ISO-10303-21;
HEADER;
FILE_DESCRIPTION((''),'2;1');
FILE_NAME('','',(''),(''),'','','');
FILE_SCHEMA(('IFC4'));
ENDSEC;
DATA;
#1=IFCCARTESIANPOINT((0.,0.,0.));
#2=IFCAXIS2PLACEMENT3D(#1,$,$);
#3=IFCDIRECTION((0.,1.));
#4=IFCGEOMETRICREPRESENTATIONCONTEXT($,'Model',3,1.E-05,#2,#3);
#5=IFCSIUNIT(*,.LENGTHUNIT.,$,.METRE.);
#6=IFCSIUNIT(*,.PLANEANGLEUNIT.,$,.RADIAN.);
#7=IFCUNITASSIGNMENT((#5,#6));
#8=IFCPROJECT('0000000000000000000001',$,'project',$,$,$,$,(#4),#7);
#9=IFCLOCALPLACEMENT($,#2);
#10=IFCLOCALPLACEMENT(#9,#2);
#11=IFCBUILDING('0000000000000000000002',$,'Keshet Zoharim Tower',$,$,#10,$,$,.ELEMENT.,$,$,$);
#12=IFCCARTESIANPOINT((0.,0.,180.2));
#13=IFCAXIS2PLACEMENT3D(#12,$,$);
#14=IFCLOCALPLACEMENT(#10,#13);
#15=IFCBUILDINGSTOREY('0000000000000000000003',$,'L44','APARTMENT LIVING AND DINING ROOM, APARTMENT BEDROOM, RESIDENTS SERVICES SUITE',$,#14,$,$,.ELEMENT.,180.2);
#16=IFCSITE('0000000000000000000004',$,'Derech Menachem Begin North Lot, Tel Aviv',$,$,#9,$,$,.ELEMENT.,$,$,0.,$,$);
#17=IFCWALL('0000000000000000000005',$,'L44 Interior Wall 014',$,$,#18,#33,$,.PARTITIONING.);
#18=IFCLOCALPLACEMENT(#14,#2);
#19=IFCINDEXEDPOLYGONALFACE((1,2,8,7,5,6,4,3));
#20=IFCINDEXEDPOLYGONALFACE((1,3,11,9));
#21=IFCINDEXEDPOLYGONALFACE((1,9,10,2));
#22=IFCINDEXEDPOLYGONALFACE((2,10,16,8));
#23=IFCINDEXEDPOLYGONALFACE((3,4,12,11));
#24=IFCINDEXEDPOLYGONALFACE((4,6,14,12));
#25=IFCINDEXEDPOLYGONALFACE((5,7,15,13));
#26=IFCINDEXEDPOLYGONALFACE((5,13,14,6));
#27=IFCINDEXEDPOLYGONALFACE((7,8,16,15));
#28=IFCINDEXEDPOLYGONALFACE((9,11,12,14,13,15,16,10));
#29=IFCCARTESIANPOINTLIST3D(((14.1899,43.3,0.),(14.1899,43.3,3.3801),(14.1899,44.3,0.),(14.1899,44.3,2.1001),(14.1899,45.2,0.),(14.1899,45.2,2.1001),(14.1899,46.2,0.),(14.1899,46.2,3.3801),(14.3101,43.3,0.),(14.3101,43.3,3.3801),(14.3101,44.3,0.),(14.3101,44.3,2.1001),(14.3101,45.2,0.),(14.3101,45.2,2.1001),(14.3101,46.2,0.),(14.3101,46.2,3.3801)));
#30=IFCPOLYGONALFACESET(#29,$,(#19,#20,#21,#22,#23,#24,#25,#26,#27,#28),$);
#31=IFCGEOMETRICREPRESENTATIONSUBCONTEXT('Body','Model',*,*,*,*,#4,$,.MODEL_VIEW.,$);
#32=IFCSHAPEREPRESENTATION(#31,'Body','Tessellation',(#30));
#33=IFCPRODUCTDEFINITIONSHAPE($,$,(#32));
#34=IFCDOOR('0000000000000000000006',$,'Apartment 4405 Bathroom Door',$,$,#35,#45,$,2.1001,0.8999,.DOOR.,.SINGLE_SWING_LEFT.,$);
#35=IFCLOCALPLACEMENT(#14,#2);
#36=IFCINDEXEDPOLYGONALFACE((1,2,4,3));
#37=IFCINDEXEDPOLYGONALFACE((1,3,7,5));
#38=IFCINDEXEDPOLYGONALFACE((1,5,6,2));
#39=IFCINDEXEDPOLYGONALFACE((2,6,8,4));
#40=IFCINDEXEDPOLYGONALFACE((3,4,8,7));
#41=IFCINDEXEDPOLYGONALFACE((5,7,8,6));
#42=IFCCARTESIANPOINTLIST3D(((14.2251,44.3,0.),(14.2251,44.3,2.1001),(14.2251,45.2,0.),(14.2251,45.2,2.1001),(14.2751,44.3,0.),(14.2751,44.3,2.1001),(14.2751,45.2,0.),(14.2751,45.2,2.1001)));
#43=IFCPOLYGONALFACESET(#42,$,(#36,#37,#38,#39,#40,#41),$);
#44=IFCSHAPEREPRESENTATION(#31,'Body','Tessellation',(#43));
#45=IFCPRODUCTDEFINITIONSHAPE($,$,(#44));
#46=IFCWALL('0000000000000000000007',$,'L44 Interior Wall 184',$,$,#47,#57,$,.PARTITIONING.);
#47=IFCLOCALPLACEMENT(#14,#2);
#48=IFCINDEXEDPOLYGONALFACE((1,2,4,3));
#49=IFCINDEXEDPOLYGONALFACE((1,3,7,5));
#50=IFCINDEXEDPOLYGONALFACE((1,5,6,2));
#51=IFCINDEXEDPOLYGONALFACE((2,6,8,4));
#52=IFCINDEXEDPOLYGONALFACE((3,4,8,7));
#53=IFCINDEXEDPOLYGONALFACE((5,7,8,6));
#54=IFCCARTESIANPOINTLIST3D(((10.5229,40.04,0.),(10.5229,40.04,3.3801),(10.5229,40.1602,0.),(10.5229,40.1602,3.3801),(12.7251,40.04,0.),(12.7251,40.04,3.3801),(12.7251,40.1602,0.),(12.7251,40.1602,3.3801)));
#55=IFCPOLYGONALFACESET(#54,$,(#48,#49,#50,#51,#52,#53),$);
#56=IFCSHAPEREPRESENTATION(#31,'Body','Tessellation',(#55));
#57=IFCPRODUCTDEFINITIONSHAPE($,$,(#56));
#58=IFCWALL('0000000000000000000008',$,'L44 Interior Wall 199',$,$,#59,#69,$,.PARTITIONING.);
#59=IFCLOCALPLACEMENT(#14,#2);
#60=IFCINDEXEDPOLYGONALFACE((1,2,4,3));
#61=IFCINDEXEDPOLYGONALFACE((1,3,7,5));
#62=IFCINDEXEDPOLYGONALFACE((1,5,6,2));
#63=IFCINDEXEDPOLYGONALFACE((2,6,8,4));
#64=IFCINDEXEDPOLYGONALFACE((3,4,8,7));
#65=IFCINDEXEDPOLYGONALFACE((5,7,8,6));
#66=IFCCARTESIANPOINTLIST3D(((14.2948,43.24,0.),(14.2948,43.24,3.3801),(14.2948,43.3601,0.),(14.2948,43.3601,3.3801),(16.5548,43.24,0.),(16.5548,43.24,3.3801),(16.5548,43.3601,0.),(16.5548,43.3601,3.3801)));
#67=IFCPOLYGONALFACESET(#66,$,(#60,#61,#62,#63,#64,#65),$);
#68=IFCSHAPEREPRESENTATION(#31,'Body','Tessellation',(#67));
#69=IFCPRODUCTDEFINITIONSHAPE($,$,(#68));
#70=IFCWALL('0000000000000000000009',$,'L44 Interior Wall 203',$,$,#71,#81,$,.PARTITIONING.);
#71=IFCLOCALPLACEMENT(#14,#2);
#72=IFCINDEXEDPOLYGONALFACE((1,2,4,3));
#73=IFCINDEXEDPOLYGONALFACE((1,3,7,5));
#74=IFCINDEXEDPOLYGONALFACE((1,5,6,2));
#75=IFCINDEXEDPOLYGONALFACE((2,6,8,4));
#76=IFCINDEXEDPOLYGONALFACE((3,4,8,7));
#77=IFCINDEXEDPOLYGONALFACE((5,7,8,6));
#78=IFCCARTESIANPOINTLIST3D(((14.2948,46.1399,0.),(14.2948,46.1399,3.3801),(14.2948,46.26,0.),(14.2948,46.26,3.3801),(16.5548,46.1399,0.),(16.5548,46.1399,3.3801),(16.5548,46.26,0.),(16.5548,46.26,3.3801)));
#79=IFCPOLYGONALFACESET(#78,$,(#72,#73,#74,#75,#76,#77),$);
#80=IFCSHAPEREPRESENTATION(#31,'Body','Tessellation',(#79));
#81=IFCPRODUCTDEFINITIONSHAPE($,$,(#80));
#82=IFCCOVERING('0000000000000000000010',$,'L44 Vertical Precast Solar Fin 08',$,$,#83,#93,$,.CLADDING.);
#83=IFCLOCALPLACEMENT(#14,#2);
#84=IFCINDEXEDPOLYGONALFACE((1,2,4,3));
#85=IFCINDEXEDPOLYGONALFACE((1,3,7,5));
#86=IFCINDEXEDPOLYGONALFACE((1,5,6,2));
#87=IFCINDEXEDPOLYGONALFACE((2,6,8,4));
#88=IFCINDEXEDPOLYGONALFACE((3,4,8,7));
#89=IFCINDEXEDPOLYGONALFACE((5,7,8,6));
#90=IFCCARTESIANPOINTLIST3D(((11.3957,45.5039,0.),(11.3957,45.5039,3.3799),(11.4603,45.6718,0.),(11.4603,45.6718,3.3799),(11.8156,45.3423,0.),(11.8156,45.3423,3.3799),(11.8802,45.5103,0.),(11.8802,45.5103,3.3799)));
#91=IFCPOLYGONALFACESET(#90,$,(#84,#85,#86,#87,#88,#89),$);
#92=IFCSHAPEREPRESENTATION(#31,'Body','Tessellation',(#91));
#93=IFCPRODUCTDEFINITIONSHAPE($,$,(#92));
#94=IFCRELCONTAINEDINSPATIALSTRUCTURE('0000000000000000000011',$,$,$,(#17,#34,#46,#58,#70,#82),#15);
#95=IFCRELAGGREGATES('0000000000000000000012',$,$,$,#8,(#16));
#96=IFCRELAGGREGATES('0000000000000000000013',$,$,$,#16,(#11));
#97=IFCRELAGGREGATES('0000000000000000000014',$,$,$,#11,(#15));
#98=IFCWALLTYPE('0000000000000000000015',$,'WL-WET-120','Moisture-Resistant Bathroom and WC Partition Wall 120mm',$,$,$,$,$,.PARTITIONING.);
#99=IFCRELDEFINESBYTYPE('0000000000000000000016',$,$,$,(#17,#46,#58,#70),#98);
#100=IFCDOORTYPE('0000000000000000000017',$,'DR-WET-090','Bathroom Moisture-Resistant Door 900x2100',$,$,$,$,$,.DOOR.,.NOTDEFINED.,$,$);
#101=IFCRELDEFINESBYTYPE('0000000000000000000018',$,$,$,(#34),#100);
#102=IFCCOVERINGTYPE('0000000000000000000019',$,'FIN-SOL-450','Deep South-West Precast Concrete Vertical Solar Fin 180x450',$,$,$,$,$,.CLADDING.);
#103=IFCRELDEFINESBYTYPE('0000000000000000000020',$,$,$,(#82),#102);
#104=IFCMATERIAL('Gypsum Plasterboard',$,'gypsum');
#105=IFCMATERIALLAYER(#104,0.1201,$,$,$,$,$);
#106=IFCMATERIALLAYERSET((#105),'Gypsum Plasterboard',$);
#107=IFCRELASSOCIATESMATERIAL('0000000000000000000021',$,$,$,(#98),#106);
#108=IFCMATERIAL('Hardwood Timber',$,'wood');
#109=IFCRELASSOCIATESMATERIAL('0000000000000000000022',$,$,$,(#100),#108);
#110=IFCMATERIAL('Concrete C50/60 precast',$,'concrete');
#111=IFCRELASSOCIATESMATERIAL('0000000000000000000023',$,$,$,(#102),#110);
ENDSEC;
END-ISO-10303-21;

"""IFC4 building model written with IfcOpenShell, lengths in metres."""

from ifc_helpers import new_model, si_unit, direction, frame, frame_2d, origin, origin_2d, place, context, subcontext, project, spatial, rectangle, extrude, material, layer, layer_set, type_object, element, fill, save


model = new_model("IFC4")

# Units and contexts
model_context = context("Model", 3, precision=1e-05, world=origin(), true_north=direction((0.0, 1.0)))
body_context = subcontext(model_context, "Body", "Model", "MODEL_VIEW")
ifc_project = project(units=[si_unit("LENGTHUNIT", "METRE"), si_unit("PLANEANGLEUNIT", "RADIAN")], contexts=[model_context])

# Site, building, storey
site_placement = place(None, origin())
site = spatial("IfcSite", under=ifc_project, at=site_placement, Name="Derech Menachem Begin North Lot, Tel Aviv", CompositionType="ELEMENT", RefElevation=0.0)
building_placement = place(site_placement, origin())
building = spatial("IfcBuilding", under=site, at=building_placement, Name="Keshet Zoharim Tower", CompositionType="ELEMENT")
storey_placement = place(building_placement, frame((0.0, 0.0, 180.2)))
storey = spatial("IfcBuildingStorey", under=building, at=storey_placement, Name="L44", Description="APARTMENT LIVING AND DINING ROOM, APARTMENT BEDROOM, RESIDENTS SERVICES SUITE", CompositionType="ELEMENT", Elevation=180.2)

# Shared definitions
ifc_material_1 = material(Name="Gypsum Plasterboard", Category="gypsum")

# Shared definitions
ifc_material_2 = material(Name="Hardwood Timber", Category="wood")

# Wall, opening, door
ifc_layer_1 = layer(ifc_material_1, 0.1201)
ifc_layer_set_1 = layer_set([ifc_layer_1], Name="Gypsum Plasterboard")
wall_type_1 = type_object("IfcWallType", Name="WL-WET-120", Description="Moisture-Resistant Bathroom and WC Partition Wall 120mm", PredefinedType="PARTITIONING", material=ifc_layer_set_1)
wall_1_placement = place(storey_placement, frame((14.25, 43.3, 0.0), z_axis=(0.0, 0.0, 1.0), x_axis=(0.0, 1.0, 0.0)))
wall_1 = element("IfcWall", 1, at=wall_1_placement, inside=storey, type_object=wall_type_1, Name="L44 Interior Wall 014", PredefinedType="PARTITIONING", context=body_context, shape_type="SweptSolid", body=[
    extrude(rectangle(XDim=2.8999, YDim=0.1201, at=frame_2d((1.45, 0.0))), origin(), (0.0, 0.0, 1.0), 3.3801),
])
opening_1_placement = place(wall_1_placement, frame((1.0, 0.0, 0.0)))
opening_1 = element("IfcOpeningElement", 2, at=opening_1_placement, cuts=wall_1, PredefinedType="OPENING", context=body_context, shape_type="SweptSolid", body=[
    extrude(rectangle(XDim=0.8999, YDim=2.1001, at=frame_2d((0.45, 1.05))), frame((0.0, 0.0701, 0.0), z_axis=(0.0, -1.0, 0.0), x_axis=(1.0, 0.0, 0.0)), (0.0, 0.0, 1.0), 0.1401),
])
door_type_1 = type_object("IfcDoorType", Name="DR-WET-090", Description="Bathroom Moisture-Resistant Door 900x2100", OperationType="NOTDEFINED", PredefinedType="DOOR", material=ifc_material_2)
door_1_placement = place(opening_1_placement, origin())
door_1 = element("IfcDoor", 3, at=door_1_placement, inside=storey, type_object=door_type_1, Name="Apartment 4405 Bathroom Door", OperationType="SINGLE_SWING_LEFT", OverallHeight=2.1001, OverallWidth=0.8999, PredefinedType="DOOR", context=body_context, shape_type="SweptSolid", body=[
    extrude(rectangle(XDim=0.8999, YDim=2.1001, at=frame_2d((0.45, 1.05))), frame((0.0, 0.0249, 0.0), z_axis=(0.0, -1.0, 0.0), x_axis=(1.0, 0.0, 0.0)), (0.0, 0.0, 1.0), 0.05),
])
fill(opening_1, door_1)

# Walls
wall_2_placement = place(storey_placement, frame((10.5229, 40.1001, 0.0), z_axis=(0.0, 0.0, 1.0), x_axis=(1.0, 0.0, 0.0)))
element("IfcWall", 4, at=wall_2_placement, inside=storey, type_object=wall_type_1, Name="L44 Interior Wall 184", PredefinedType="PARTITIONING", context=body_context, shape_type="SweptSolid", body=[
    extrude(rectangle(XDim=2.2021, YDim=0.1201, at=frame_2d((1.1011, 0.0))), origin(), (0.0, 0.0, 1.0), 3.3801),
])
for number, where, z_axis, x_axis, name in (
    (5, (14.2949, 43.3, 0.0), (0.0, 0.0, 1.0), (1.0, 0.0, 0.0), "L44 Interior Wall 199"),
    (6, (14.2949, 46.2, 0.0), (0.0, 0.0, 1.0), (1.0, 0.0, 0.0), "L44 Interior Wall 203"),
):
    element("IfcWall", number, at=place(storey_placement, frame(where, z_axis=z_axis, x_axis=x_axis)), inside=storey, type_object=wall_type_1, Name=name, PredefinedType="PARTITIONING", context=body_context, shape_type="SweptSolid", body=[
        extrude(rectangle(XDim=2.26, YDim=0.1201, at=frame_2d((1.1299, 0.0))), origin(), (0.0, 0.0, 1.0), 3.3801),
    ])

# Covering
ifc_material_3 = material(Name="Concrete C50/60 precast", Category="concrete")
covering_type = type_object("IfcCoveringType", Name="FIN-SOL-450", Description="Deep South-West Precast Concrete Vertical Solar Fin 180x450", PredefinedType="CLADDING", material=ifc_material_3)
covering_placement = place(storey_placement, frame((11.6379, 45.5071, 0.0), z_axis=(0.0, 0.0, 1.0), x_axis=(0.35899, 0.933341, 0.0)))
element("IfcCovering", 7, at=covering_placement, inside=storey, type_object=covering_type, Name="L44 Vertical Precast Solar Fin 08", PredefinedType="CLADDING", context=body_context, shape_type="SweptSolid", body=[
    extrude(rectangle(XDim=0.1799, YDim=0.45, at=origin_2d()), origin(), (0.0, 0.0, 1.0), 3.3799),
])

save(model, "model.ifc")
